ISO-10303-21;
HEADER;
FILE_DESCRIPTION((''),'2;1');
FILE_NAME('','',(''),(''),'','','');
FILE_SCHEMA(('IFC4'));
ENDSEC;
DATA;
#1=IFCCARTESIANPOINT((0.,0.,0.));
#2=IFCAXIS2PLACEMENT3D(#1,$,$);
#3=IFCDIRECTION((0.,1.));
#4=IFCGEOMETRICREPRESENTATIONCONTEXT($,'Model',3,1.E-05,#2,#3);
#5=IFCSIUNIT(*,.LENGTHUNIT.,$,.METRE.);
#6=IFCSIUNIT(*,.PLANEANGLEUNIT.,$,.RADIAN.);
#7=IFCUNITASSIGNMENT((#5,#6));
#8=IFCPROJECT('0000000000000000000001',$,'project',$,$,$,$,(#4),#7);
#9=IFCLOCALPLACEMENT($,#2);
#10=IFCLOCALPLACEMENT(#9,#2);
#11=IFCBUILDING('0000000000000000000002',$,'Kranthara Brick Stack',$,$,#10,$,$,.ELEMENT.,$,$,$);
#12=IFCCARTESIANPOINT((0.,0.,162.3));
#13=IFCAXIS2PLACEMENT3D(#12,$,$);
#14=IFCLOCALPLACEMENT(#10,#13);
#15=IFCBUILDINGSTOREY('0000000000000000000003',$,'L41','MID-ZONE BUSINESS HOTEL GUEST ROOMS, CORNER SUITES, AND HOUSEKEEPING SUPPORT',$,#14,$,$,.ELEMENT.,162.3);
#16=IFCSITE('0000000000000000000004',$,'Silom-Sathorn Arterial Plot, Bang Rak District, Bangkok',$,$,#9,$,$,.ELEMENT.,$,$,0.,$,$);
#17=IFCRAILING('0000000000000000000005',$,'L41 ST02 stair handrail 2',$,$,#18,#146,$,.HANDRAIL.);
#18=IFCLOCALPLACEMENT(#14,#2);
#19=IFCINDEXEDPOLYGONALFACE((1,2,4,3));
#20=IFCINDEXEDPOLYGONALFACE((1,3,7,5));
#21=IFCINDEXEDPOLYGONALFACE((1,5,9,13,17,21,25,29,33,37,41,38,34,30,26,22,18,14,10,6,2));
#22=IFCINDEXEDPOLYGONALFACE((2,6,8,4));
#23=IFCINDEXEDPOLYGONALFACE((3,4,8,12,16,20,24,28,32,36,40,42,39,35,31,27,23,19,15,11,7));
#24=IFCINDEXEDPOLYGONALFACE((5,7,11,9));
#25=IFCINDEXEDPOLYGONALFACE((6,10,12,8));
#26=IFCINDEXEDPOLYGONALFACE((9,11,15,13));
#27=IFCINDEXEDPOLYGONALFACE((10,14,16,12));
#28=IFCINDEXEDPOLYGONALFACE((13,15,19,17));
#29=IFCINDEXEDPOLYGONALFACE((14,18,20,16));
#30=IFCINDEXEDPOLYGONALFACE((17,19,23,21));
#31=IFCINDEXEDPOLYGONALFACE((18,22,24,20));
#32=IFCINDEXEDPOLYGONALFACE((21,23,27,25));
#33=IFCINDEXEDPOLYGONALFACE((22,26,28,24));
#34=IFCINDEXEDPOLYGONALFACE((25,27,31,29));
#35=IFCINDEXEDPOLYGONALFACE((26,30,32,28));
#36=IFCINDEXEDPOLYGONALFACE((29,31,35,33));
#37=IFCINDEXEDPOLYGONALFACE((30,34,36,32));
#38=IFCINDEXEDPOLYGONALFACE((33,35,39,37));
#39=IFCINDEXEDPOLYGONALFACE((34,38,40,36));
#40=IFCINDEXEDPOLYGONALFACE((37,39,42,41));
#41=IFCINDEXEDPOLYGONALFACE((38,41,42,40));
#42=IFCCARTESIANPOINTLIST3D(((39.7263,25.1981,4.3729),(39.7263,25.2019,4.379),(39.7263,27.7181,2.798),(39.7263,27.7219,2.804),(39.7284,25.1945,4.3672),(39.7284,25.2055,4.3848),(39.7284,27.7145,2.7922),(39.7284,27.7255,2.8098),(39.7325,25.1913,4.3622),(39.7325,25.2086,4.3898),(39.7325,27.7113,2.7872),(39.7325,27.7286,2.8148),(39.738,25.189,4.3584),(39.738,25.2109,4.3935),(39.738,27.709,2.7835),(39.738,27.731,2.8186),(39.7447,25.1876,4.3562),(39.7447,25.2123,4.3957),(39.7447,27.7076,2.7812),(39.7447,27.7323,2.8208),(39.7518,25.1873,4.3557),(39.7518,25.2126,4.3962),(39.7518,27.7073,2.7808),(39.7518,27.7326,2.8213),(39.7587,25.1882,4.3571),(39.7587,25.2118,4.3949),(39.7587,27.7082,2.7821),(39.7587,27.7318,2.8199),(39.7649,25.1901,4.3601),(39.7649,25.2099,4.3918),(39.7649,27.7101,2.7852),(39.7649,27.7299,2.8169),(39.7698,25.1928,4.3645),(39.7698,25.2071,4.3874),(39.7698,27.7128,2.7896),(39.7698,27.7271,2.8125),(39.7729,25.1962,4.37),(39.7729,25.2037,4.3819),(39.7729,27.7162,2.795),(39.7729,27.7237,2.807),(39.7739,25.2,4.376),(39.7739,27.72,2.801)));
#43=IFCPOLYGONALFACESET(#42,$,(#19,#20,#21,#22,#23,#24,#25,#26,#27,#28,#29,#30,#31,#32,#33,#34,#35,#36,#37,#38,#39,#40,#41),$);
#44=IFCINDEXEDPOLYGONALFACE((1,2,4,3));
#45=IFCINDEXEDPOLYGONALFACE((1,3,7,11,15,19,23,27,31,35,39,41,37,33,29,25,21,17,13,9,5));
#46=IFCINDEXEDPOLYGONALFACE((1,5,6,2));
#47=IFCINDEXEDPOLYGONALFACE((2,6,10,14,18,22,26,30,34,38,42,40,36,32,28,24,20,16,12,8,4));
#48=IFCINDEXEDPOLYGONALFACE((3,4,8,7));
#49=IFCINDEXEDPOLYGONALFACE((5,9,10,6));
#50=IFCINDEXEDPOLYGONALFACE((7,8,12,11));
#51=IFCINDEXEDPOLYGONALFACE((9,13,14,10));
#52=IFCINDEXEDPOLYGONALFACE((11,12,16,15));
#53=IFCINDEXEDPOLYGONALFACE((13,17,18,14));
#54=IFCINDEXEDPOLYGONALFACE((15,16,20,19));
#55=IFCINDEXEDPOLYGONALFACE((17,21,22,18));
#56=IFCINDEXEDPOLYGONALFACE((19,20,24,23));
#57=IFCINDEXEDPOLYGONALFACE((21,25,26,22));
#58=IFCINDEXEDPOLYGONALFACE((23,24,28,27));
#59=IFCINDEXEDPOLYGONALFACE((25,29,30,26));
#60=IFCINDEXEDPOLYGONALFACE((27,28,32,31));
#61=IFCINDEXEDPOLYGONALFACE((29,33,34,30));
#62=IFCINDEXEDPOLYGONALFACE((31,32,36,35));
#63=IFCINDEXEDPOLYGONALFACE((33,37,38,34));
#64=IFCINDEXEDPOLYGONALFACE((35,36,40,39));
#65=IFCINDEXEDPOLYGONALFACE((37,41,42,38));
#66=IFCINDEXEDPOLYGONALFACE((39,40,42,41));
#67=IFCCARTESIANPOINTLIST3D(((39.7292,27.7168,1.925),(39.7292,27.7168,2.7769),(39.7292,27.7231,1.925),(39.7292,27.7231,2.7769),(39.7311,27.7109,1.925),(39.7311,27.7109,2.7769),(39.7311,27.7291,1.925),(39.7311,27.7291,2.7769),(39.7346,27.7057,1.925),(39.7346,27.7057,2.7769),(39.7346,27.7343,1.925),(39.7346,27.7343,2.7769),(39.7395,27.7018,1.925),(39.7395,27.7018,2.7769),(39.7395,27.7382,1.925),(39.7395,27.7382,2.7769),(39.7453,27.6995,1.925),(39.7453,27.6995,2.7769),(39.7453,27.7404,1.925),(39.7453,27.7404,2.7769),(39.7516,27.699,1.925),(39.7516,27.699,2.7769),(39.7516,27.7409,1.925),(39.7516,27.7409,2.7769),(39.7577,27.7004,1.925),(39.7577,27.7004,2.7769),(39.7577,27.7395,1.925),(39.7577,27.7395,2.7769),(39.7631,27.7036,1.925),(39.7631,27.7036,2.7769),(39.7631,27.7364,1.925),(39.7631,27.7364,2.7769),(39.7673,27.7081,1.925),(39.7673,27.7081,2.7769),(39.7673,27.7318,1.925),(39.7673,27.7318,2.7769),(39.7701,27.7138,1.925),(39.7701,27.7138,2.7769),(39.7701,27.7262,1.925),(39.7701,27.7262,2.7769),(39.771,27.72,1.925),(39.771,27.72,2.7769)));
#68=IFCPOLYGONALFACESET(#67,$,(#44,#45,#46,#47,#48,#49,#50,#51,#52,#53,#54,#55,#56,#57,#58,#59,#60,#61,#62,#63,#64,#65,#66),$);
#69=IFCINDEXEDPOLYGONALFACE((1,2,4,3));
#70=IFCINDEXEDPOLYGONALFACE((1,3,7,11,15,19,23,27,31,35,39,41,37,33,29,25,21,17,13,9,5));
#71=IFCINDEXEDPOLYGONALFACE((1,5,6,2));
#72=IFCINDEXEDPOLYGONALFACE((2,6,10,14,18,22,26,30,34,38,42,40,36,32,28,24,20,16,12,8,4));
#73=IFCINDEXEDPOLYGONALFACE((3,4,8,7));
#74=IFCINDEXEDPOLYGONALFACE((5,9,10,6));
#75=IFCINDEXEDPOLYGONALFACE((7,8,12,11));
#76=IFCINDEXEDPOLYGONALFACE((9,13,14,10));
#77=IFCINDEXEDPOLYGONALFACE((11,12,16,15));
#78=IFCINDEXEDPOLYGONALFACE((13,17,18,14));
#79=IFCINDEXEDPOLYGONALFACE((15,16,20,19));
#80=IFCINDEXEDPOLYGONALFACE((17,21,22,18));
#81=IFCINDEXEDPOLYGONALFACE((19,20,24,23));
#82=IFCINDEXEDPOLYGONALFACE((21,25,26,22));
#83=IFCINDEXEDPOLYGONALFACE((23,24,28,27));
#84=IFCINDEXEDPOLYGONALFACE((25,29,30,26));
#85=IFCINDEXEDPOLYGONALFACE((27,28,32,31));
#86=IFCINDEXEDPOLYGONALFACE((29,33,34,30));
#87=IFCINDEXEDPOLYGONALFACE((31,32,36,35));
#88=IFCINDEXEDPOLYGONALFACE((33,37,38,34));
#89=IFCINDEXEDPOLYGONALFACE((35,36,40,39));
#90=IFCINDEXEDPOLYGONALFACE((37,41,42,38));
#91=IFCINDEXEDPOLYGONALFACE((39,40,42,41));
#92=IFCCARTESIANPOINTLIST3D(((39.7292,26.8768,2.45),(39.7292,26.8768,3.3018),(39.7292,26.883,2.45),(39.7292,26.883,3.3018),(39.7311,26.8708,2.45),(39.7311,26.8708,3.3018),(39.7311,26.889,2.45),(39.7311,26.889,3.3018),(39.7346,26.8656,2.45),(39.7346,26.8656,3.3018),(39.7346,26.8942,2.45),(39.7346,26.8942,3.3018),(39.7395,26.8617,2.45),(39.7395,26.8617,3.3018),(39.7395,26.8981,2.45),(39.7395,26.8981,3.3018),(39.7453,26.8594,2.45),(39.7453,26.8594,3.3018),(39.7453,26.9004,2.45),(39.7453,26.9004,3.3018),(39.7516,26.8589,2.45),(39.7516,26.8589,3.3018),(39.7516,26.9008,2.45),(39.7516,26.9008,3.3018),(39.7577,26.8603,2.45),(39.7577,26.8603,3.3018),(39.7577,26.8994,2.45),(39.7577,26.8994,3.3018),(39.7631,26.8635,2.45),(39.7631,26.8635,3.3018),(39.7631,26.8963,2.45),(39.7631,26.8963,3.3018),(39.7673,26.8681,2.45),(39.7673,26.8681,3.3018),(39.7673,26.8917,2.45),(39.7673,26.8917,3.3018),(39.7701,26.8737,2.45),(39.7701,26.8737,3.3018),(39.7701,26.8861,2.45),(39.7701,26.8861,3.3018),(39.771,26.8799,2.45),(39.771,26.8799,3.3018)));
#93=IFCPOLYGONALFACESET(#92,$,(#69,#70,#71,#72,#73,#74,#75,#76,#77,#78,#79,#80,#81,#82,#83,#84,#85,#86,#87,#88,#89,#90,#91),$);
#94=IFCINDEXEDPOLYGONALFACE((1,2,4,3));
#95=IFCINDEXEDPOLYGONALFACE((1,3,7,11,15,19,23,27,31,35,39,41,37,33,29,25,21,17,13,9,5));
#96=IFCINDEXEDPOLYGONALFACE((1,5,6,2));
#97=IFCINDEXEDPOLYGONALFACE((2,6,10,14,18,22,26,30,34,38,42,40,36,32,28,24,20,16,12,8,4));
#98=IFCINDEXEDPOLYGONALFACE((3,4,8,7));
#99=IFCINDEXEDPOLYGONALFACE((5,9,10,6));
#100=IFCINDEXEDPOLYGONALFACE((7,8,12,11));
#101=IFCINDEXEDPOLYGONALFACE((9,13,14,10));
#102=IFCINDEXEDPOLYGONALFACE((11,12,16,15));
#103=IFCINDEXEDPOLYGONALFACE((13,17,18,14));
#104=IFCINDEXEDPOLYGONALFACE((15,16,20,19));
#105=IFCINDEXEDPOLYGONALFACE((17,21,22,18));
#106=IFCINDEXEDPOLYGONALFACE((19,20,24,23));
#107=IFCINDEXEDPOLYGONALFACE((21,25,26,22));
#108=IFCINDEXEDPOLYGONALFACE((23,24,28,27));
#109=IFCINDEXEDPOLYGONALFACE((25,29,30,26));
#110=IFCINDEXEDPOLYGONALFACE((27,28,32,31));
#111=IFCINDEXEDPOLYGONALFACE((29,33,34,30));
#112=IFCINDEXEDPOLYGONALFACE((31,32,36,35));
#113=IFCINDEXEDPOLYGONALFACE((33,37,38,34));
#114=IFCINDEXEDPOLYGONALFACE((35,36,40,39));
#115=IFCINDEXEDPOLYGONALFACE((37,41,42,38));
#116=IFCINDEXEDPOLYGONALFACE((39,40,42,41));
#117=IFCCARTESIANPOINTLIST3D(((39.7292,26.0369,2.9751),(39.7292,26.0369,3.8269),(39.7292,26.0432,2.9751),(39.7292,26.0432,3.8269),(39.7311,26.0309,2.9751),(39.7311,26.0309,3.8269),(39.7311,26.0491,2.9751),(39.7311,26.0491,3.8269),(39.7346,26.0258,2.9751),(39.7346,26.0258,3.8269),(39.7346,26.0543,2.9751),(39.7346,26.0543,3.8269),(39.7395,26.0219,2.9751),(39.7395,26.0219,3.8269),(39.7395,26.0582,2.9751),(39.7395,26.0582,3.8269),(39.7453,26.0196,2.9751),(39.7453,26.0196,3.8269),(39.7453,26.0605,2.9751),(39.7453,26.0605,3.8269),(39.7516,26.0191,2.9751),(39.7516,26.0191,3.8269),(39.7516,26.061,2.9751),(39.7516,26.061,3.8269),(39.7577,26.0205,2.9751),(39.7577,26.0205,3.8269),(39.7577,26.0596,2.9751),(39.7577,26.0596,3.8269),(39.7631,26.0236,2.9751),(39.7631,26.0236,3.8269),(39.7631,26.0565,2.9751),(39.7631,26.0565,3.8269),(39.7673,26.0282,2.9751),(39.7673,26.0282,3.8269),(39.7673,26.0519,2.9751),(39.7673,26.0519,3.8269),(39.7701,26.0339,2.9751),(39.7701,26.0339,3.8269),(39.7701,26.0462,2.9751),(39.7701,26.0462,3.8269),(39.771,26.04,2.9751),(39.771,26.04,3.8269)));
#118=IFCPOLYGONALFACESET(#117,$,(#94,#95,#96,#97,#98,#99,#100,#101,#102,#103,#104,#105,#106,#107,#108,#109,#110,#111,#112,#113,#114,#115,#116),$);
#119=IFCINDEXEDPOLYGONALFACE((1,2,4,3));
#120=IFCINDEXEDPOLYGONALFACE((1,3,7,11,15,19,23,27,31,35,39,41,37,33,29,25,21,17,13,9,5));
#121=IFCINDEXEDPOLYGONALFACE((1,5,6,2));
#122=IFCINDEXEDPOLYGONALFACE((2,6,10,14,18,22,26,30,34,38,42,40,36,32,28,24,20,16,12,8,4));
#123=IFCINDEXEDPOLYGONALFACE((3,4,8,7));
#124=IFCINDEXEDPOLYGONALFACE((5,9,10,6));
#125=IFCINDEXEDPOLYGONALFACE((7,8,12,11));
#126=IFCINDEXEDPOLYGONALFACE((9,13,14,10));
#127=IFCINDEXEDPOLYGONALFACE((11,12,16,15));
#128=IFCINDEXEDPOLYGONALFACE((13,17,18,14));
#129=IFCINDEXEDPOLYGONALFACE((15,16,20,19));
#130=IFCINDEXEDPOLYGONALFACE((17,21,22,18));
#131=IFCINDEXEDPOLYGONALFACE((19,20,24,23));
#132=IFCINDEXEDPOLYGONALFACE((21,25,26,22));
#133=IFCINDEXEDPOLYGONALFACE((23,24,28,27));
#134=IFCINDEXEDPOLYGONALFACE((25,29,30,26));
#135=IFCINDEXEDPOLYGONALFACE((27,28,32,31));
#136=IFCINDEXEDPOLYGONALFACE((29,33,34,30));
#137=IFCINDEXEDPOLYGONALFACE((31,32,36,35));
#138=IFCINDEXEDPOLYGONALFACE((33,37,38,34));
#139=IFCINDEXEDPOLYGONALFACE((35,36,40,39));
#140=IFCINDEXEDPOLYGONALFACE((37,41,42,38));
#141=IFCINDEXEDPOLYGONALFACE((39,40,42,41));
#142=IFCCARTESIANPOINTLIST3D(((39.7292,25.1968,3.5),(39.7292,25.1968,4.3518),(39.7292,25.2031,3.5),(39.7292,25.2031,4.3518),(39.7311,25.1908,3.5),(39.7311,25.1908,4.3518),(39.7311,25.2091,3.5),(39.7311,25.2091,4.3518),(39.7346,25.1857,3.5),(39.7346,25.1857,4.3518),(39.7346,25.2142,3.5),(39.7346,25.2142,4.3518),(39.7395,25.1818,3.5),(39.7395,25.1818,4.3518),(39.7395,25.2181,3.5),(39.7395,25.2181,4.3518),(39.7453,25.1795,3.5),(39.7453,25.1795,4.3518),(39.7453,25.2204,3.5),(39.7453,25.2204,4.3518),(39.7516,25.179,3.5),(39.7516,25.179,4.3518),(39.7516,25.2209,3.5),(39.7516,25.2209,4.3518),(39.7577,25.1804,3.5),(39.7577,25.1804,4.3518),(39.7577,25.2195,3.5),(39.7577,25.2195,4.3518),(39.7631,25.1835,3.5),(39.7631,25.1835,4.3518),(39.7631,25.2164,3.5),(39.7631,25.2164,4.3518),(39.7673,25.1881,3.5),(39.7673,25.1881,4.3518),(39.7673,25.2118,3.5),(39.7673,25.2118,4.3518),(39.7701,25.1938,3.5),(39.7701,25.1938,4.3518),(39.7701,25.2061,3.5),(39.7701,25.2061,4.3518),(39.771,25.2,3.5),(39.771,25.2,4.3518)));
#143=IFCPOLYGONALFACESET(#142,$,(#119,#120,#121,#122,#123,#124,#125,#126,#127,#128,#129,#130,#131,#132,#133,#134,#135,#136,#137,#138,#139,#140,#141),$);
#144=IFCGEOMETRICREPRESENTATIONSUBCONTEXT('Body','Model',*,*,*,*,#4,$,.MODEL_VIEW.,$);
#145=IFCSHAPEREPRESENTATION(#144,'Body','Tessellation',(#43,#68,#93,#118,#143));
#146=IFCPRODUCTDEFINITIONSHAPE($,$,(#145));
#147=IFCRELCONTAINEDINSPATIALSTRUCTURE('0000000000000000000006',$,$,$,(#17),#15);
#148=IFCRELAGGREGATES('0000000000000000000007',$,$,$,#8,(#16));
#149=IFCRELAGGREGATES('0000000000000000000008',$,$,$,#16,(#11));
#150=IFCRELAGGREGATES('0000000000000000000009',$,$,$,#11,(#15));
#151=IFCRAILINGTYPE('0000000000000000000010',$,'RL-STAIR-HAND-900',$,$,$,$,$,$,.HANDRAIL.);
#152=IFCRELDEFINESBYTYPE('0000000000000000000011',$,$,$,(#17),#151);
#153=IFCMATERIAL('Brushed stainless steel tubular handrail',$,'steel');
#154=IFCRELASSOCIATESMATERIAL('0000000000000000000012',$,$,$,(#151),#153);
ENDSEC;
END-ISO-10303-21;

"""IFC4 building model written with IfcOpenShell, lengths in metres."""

from ifc_helpers import new_model, si_unit, direction, frame, origin, origin_2d, place, context, subcontext, project, spatial, circle, extrude, material, type_object, element, save


model = new_model("IFC4")

# Units and contexts
model_context = context("Model", 3, precision=1e-05, world=origin(), true_north=direction((0.0, 1.0)))
body_context = subcontext(model_context, "Body", "Model", "MODEL_VIEW")
ifc_project = project(units=[si_unit("LENGTHUNIT", "METRE"), si_unit("PLANEANGLEUNIT", "RADIAN")], contexts=[model_context])

# Site, building, storey
site_placement = place(None, origin())
site = spatial("IfcSite", under=ifc_project, at=site_placement, Name="Silom-Sathorn Arterial Plot, Bang Rak District, Bangkok", CompositionType="ELEMENT", RefElevation=0.0)
building_placement = place(site_placement, origin())
building = spatial("IfcBuilding", under=site, at=building_placement, Name="Kranthara Brick Stack", CompositionType="ELEMENT")
storey_placement = place(building_placement, frame((0.0, 0.0, 162.3)))
storey = spatial("IfcBuildingStorey", under=building, at=storey_placement, Name="L41", Description="MID-ZONE BUSINESS HOTEL GUEST ROOMS, CORNER SUITES, AND HOUSEKEEPING SUPPORT", CompositionType="ELEMENT", Elevation=162.3)

# Railing
ifc_material_1 = material(Name="Brushed stainless steel tubular handrail", Category="steel")
railing_type_1 = type_object("IfcRailingType", Name="RL-STAIR-HAND-900", PredefinedType="HANDRAIL", material=ifc_material_1)
railing_1_placement = place(storey_placement, frame((39.75, 27.72, 1.925)))
element("IfcRailing", 1, at=railing_1_placement, inside=storey, type_object=railing_type_1, Name="L41 ST02 stair handrail 2", PredefinedType="HANDRAIL", context=body_context, shape_type="SweptSolid", body=[
    extrude(circle(Radius=0.0239, at=origin_2d()), frame((0.0, 0.0, 0.876), z_axis=(0.0, -0.848008, 0.529984), x_axis=(1.0, 0.0, 0.0)), (0.0, 0.0, 1.0), 2.9717),
    extrude(circle(Radius=0.021, at=origin_2d()), origin(), (0.0, 0.0, 1.0), 0.8518),
    extrude(circle(Radius=0.021, at=origin_2d()), frame((0.0, -0.8401, 0.5249)), (0.0, 0.0, 1.0), 0.8518),
    extrude(circle(Radius=0.021, at=origin_2d()), frame((0.0, -1.6799, 1.05)), (0.0, 0.0, 1.0), 0.8518),
    extrude(circle(Radius=0.021, at=origin_2d()), frame((0.0, -2.52, 1.575)), (0.0, 0.0, 1.0), 0.8518),
])

save(model, "model.ifc")
